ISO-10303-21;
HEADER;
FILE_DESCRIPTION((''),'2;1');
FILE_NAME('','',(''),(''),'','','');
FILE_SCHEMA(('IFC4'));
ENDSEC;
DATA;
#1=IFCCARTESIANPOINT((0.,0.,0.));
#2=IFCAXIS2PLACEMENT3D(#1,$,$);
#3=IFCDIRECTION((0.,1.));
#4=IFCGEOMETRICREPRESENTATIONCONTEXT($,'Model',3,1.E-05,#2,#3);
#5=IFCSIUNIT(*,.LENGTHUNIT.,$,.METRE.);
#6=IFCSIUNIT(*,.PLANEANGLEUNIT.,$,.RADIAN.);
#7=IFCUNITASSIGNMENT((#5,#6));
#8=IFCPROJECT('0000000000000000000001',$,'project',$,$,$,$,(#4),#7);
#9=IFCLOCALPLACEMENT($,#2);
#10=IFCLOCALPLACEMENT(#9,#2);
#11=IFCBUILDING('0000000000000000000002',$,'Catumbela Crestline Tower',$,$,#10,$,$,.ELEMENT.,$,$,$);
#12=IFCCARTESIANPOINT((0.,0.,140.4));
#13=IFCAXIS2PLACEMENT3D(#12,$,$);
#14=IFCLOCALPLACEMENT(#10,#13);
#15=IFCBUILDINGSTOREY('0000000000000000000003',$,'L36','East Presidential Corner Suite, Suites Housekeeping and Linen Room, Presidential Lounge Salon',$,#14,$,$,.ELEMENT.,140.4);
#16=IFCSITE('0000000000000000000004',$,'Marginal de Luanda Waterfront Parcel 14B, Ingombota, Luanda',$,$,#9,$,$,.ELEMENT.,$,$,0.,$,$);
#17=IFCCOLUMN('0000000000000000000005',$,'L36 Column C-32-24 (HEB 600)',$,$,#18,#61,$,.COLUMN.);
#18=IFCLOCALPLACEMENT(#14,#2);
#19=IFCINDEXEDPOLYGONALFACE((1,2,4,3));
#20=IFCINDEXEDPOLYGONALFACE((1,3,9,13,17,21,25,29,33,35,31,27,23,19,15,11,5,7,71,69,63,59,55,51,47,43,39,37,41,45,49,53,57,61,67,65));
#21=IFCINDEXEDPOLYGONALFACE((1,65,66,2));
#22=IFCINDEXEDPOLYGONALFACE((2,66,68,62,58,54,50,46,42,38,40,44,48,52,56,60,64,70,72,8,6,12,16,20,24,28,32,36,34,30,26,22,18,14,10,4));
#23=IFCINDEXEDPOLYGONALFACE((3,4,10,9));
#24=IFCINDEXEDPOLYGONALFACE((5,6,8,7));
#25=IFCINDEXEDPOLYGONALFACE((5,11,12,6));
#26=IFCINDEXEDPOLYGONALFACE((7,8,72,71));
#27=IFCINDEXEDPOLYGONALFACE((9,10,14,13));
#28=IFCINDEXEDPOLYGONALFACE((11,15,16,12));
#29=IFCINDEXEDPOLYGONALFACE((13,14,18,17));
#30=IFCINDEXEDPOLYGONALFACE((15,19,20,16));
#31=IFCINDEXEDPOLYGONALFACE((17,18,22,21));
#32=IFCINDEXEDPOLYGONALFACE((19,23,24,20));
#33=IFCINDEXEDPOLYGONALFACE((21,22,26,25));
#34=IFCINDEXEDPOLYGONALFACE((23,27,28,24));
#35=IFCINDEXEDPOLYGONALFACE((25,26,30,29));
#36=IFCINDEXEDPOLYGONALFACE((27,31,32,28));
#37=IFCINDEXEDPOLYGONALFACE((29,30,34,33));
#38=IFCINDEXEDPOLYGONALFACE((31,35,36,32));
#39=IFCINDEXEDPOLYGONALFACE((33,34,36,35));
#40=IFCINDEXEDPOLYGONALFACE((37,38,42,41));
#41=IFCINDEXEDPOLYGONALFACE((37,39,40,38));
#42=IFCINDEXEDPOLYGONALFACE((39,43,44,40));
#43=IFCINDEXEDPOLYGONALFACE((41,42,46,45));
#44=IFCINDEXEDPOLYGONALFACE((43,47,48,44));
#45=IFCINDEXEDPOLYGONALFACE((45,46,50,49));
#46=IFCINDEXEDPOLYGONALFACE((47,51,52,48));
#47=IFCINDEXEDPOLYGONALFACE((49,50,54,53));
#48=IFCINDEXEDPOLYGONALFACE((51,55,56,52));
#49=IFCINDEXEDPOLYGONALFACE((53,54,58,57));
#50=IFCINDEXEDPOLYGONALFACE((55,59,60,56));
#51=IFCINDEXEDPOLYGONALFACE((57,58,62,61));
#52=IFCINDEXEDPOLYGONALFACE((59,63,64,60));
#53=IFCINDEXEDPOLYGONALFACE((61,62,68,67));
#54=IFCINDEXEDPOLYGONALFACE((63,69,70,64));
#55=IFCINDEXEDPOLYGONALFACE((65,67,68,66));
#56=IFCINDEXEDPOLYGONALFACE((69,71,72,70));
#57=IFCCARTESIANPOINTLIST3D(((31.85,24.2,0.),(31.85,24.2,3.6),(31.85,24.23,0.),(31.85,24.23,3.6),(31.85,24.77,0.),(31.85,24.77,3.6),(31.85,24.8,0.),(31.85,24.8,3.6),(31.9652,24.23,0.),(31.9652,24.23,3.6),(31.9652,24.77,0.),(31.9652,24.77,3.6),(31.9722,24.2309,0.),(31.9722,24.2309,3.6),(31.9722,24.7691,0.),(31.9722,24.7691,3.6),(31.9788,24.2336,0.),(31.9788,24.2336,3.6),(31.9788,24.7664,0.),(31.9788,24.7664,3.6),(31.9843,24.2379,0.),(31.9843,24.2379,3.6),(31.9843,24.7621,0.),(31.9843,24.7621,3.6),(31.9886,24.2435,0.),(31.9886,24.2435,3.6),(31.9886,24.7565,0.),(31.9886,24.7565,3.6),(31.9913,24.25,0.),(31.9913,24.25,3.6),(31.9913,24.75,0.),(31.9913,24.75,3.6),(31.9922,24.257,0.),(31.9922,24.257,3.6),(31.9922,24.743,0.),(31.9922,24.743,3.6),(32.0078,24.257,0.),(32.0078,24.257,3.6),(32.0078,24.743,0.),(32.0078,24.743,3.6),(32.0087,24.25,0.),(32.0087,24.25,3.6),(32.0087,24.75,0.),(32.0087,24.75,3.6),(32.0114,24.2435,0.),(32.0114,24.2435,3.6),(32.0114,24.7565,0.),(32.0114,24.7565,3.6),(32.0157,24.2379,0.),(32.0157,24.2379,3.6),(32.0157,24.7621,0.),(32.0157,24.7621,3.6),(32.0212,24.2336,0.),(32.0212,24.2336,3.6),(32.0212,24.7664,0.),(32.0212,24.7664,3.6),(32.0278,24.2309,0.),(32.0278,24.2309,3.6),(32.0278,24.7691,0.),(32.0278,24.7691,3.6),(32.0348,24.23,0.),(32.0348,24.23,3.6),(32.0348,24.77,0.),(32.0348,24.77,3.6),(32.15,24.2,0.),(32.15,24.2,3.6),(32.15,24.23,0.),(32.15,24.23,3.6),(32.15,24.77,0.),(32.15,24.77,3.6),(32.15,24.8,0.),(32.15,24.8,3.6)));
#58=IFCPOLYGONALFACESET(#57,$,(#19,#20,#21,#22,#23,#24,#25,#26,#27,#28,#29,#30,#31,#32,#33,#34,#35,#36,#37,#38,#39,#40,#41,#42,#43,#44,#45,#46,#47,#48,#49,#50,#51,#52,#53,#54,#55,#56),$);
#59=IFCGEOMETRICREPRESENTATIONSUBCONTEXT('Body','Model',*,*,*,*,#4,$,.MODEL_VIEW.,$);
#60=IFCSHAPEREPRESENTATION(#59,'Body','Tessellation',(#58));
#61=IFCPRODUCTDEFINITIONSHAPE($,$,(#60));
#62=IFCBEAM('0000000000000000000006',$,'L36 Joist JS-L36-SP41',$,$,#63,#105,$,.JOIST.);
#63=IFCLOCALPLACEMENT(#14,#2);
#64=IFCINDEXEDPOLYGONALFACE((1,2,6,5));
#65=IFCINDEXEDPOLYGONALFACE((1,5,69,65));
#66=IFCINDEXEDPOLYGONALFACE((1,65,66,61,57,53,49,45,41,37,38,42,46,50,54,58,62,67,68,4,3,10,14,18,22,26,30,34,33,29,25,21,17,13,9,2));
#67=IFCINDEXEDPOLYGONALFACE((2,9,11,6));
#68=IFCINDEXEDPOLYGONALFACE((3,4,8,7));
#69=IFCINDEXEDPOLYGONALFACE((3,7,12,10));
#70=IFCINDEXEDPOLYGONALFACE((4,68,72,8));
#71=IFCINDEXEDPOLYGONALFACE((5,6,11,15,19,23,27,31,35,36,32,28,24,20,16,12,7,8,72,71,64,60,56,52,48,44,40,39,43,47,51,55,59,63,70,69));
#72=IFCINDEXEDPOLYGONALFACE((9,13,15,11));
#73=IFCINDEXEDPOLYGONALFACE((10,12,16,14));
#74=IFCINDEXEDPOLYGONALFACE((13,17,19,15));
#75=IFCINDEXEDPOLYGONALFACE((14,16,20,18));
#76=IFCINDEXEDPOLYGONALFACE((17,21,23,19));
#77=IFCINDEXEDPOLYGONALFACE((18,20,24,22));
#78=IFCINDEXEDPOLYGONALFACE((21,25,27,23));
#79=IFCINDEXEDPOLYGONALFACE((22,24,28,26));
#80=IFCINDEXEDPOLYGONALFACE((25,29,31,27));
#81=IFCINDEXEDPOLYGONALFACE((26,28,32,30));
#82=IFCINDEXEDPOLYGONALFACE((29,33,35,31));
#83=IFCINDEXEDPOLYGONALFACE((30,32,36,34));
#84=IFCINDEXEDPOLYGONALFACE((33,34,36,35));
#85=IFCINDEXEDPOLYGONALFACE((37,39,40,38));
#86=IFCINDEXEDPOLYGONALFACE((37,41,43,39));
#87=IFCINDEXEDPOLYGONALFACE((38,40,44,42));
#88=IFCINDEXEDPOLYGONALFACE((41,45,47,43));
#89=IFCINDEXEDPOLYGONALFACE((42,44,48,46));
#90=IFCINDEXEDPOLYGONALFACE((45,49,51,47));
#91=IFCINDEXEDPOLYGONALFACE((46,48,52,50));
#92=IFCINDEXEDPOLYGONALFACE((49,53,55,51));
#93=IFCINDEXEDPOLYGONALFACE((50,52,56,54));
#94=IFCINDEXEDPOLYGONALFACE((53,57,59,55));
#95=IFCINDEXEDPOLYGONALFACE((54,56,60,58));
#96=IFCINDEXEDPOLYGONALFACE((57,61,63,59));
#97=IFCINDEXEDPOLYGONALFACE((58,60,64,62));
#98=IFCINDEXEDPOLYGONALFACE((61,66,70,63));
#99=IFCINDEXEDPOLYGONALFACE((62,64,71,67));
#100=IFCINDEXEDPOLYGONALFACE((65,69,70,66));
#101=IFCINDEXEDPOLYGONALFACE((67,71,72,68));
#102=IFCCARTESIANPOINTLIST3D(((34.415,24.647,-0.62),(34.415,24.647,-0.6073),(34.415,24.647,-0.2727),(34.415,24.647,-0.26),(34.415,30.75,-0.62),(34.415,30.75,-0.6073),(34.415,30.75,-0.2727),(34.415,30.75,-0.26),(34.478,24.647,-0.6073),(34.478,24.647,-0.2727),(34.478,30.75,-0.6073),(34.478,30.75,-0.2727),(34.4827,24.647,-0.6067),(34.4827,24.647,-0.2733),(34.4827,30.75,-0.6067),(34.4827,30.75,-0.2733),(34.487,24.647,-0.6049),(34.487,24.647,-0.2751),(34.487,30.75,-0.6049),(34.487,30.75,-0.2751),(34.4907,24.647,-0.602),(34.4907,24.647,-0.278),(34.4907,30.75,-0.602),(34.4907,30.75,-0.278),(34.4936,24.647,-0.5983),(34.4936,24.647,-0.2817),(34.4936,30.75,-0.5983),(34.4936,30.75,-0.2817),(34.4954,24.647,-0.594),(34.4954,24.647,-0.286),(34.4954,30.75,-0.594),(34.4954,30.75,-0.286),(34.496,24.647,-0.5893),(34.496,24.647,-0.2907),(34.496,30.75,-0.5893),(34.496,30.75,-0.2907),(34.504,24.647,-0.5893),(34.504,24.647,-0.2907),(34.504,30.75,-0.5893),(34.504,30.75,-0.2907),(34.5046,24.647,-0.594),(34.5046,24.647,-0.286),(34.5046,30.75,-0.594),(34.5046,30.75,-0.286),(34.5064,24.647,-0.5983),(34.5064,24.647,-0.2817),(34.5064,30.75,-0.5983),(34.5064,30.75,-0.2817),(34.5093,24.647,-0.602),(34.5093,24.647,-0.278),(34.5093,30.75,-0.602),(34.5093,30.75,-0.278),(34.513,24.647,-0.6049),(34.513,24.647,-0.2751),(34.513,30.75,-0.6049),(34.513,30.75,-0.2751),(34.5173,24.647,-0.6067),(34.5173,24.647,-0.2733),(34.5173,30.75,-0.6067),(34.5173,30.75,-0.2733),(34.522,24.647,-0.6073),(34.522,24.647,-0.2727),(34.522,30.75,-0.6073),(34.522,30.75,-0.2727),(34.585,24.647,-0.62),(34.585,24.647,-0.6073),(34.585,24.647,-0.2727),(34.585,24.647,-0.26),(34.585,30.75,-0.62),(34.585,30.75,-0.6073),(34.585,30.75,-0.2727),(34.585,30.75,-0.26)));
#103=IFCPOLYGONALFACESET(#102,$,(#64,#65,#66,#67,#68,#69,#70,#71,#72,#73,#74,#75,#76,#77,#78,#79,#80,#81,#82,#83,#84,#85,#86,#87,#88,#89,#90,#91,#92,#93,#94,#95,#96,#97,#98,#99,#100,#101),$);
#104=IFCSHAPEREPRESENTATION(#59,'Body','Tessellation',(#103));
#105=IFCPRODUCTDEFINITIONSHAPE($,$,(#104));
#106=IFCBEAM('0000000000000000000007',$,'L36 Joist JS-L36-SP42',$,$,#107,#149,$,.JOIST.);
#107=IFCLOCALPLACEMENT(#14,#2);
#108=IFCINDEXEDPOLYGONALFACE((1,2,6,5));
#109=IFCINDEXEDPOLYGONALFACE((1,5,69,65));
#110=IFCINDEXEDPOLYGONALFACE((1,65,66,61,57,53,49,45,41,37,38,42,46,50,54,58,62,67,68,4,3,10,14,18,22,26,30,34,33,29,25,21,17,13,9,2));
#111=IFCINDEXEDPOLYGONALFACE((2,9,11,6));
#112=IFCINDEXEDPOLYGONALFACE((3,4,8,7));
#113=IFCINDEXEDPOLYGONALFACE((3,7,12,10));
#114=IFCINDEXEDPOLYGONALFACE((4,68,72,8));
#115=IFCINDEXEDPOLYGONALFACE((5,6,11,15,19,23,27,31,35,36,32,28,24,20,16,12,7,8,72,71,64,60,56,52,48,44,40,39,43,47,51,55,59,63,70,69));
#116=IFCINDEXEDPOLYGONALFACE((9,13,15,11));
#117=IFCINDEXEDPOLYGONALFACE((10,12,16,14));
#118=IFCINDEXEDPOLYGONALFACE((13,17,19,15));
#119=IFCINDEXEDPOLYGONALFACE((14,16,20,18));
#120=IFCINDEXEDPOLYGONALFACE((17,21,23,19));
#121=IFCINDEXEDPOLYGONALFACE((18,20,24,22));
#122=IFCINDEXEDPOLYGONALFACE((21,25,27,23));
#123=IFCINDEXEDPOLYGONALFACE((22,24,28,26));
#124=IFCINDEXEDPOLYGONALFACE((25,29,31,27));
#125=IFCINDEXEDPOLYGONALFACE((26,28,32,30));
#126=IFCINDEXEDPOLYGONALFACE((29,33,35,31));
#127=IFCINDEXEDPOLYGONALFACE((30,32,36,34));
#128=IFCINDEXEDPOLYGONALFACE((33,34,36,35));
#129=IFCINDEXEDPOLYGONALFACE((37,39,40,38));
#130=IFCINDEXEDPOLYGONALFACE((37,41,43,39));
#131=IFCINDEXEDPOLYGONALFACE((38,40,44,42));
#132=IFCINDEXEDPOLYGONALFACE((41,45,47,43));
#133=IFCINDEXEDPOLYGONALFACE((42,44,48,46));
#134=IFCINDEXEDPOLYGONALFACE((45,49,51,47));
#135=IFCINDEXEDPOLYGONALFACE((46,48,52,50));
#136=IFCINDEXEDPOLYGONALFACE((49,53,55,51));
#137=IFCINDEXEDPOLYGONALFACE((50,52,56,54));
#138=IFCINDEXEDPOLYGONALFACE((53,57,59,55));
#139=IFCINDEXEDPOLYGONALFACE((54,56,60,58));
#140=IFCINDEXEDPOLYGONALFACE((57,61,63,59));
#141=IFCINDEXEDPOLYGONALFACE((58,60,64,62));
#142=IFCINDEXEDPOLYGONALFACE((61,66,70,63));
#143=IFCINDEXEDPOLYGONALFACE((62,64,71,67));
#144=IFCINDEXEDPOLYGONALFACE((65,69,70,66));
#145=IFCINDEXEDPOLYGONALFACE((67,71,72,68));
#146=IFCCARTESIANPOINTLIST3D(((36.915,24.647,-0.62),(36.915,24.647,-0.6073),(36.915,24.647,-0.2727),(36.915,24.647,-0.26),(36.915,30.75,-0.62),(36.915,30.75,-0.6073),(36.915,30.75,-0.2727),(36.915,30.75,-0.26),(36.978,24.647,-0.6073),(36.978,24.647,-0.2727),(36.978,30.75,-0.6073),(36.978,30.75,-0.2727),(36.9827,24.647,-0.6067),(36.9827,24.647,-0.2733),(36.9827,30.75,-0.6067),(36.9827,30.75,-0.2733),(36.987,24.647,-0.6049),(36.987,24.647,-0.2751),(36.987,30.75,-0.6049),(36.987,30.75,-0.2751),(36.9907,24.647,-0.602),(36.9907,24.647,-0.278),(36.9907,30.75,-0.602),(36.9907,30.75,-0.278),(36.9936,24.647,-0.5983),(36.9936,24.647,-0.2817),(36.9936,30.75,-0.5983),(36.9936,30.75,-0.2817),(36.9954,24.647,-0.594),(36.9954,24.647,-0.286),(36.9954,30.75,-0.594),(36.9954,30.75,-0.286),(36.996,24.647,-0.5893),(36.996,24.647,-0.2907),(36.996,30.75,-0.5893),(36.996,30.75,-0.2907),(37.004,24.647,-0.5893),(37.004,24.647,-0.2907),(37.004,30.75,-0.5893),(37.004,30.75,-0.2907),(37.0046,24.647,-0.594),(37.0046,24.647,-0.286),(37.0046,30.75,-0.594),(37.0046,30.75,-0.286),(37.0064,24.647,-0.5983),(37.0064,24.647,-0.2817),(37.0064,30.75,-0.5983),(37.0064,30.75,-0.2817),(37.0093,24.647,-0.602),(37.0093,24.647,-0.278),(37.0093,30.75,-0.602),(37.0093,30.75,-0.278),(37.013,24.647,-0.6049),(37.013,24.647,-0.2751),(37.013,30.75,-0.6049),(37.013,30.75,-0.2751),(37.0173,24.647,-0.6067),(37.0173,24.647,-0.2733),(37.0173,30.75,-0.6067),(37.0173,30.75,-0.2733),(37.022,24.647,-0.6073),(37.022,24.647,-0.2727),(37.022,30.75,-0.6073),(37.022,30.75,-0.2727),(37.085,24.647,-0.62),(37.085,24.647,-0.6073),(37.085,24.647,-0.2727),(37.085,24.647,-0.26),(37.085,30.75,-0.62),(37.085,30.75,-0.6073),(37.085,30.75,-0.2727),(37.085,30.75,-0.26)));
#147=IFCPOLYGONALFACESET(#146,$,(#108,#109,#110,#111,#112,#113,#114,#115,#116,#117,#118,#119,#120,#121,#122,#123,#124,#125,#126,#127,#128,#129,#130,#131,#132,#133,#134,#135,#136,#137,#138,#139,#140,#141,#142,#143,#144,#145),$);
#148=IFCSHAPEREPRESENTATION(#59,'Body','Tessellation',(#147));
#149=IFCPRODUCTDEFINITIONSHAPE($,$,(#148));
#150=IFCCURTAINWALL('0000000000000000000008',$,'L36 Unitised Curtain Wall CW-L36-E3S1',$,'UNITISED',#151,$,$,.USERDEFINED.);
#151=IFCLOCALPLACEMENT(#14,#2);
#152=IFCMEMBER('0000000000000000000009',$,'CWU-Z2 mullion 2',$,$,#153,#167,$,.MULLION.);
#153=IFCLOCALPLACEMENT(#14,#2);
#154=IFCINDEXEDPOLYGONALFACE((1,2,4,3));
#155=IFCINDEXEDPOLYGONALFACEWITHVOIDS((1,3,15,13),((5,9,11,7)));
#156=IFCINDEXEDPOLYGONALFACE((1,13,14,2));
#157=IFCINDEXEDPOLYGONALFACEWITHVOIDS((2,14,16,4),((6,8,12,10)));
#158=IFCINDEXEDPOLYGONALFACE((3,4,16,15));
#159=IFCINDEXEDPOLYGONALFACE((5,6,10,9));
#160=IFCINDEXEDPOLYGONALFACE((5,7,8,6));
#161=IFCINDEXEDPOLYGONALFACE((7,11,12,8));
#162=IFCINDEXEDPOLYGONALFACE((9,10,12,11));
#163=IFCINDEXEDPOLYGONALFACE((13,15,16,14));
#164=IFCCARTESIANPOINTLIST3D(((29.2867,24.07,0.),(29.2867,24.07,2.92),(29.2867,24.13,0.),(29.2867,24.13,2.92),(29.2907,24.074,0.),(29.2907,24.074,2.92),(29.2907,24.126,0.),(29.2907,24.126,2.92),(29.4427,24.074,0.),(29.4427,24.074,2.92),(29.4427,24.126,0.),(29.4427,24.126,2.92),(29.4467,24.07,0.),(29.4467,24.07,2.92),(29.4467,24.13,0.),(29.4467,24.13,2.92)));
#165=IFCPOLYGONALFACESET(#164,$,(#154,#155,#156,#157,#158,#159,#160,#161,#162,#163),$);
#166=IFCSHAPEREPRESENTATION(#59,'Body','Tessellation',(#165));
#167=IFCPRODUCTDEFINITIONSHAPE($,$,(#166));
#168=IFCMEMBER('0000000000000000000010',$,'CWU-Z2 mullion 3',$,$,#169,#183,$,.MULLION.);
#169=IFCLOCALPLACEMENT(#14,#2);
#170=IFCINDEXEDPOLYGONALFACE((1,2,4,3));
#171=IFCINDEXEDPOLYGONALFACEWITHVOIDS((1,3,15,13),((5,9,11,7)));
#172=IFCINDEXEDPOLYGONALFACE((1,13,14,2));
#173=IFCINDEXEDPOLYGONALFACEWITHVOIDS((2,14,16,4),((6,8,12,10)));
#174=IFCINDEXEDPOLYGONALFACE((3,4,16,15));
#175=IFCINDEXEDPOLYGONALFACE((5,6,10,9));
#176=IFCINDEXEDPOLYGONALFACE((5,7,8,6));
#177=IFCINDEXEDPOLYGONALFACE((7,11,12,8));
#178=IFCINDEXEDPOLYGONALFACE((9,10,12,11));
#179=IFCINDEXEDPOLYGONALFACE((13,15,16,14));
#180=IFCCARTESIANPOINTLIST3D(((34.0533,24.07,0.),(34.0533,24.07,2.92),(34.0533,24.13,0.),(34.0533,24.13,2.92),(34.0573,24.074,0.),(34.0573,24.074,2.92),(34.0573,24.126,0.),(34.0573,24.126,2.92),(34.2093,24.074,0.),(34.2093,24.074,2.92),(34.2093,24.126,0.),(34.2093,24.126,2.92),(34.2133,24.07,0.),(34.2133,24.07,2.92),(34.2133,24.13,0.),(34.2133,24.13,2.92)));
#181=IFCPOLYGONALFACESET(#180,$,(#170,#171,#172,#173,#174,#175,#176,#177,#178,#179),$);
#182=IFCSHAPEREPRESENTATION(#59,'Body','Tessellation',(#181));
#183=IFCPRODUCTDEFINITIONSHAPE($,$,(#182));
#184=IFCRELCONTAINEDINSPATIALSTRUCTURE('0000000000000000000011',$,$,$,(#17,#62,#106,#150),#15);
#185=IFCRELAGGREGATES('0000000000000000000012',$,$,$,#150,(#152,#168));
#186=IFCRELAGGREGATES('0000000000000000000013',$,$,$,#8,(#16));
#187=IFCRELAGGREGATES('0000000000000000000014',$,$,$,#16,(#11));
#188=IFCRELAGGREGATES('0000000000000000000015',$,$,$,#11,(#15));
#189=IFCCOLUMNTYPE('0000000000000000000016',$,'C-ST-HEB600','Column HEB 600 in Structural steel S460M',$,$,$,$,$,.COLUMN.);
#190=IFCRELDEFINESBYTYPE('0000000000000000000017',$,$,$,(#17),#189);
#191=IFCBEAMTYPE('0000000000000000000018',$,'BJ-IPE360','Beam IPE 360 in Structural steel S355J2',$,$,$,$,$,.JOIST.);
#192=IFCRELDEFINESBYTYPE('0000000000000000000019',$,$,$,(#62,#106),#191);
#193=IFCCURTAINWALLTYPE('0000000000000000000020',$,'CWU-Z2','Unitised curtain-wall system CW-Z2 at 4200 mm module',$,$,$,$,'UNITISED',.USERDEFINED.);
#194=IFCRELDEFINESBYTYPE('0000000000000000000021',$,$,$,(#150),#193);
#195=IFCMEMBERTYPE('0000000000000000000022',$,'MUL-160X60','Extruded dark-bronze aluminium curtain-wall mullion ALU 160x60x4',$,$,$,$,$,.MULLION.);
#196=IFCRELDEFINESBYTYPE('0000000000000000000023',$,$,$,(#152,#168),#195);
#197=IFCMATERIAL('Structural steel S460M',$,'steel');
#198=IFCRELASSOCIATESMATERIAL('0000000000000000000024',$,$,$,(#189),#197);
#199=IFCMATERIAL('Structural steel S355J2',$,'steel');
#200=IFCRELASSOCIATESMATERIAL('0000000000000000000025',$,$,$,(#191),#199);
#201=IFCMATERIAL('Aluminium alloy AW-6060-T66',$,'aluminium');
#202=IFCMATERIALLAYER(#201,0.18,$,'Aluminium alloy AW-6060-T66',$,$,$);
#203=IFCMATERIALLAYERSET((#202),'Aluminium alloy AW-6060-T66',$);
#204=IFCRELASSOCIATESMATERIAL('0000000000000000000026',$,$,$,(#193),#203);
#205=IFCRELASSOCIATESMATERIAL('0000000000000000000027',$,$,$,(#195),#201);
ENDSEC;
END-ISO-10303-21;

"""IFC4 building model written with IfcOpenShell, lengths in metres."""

from ifc_helpers import new_model, si_unit, direction, frame, origin, origin_2d, place, context, subcontext, project, spatial, hollow_rectangle, i_section, extrude, material, layer, layer_set, material_profile, profile_set, type_object, element, aggregate, save


model = new_model("IFC4")

# Units and contexts
model_context = context("Model", 3, precision=1e-05, world=origin(), true_north=direction((0.0, 1.0)))
body_context = subcontext(model_context, "Body", "Model", "MODEL_VIEW")
ifc_project = project(units=[si_unit("LENGTHUNIT", "METRE"), si_unit("PLANEANGLEUNIT", "RADIAN")], contexts=[model_context])

# Site, building, storey
site_placement = place(None, origin())
site = spatial("IfcSite", under=ifc_project, at=site_placement, Name="Marginal de Luanda Waterfront Parcel 14B, Ingombota, Luanda", CompositionType="ELEMENT", RefElevation=0.0)
building_placement = place(site_placement, origin())
building = spatial("IfcBuilding", under=site, at=building_placement, Name="Catumbela Crestline Tower", CompositionType="ELEMENT")
storey_placement = place(building_placement, frame((0.0, 0.0, 140.4)))
storey = spatial("IfcBuildingStorey", under=building, at=storey_placement, Name="L36", Description="East Presidential Corner Suite, Suites Housekeeping and Linen Room, Presidential Lounge Salon", CompositionType="ELEMENT", Elevation=140.4)

# Column
ifc_material_1 = material(Name="Structural steel S460M", Category="steel")
ifc_material_profile_1 = material_profile(ifc_material_1, i_section(OverallWidth=0.3, OverallDepth=0.6, WebThickness=0.0155, FlangeThickness=0.03, FilletRadius=0.027, at=origin_2d()), Name="HEB 600")
ifc_profile_set_1 = profile_set([ifc_material_profile_1], Name="Structural steel S460M")
column_type = type_object("IfcColumnType", Name="C-ST-HEB600", Description="Column HEB 600 in Structural steel S460M", PredefinedType="COLUMN", material=ifc_profile_set_1)
column_placement = place(storey_placement, frame((32.0, 24.5, 0.0), z_axis=(0.0, 0.0, 1.0), x_axis=(1.0, 0.0, 0.0)))
element("IfcColumn", 1, at=column_placement, inside=storey, type_object=column_type, Name="L36 Column C-32-24 (HEB 600)", PredefinedType="COLUMN", context=body_context, shape_type="SweptSolid", body=[
    extrude(i_section(OverallWidth=0.3, OverallDepth=0.6, WebThickness=0.0155, FlangeThickness=0.03, FilletRadius=0.027, at=origin_2d()), origin(), (0.0, 0.0, 1.0), 3.6),
])

# Beams
ifc_material_2 = material(Name="Structural steel S355J2", Category="steel")
ifc_material_profile_2 = material_profile(ifc_material_2, i_section(OverallWidth=0.17, OverallDepth=0.36, WebThickness=0.008, FlangeThickness=0.0127, FilletRadius=0.018, at=origin_2d()), Name="IPE 360")
ifc_profile_set_2 = profile_set([ifc_material_profile_2], Name="Structural steel S355J2")
beam_type_1 = type_object("IfcBeamType", Name="BJ-IPE360", Description="Beam IPE 360 in Structural steel S355J2", PredefinedType="JOIST", material=ifc_profile_set_2)
for number, where, z_axis, x_axis, name in (
    (2, (34.5, 24.647, -0.44), (0.0, 1.0, 0.0), (-1.0, 0.0, 0.0), "L36 Joist JS-L36-SP41"),
    (3, (37.0, 24.647, -0.44), (0.0, 1.0, 0.0), (-1.0, 0.0, 0.0), "L36 Joist JS-L36-SP42"),
):
    element("IfcBeam", number, at=place(storey_placement, frame(where, z_axis=z_axis, x_axis=x_axis)), inside=storey, type_object=beam_type_1, Name=name, PredefinedType="JOIST", context=body_context, shape_type="SweptSolid", body=[
        extrude(i_section(OverallWidth=0.17, OverallDepth=0.36, WebThickness=0.008, FlangeThickness=0.0127, FilletRadius=0.018, at=origin_2d()), origin(), (0.0, 0.0, 1.0), 6.103),
    ])

# Curtain wall, members
ifc_material_3 = material(Name="Aluminium alloy AW-6060-T66", Category="aluminium")
ifc_layer_1 = layer(ifc_material_3, 0.18, Name="Aluminium alloy AW-6060-T66")
ifc_layer_set_1 = layer_set([ifc_layer_1], Name="Aluminium alloy AW-6060-T66")
curtain_wall_type = type_object("IfcCurtainWallType", Name="CWU-Z2", Description="Unitised curtain-wall system CW-Z2 at 4200 mm module", ElementType="UNITISED", PredefinedType="USERDEFINED", material=ifc_layer_set_1)
curtain_wall_placement = place(storey_placement, origin())
curtain_wall = element("IfcCurtainWall", 4, at=curtain_wall_placement, inside=storey, type_object=curtain_wall_type, Name="L36 Unitised Curtain Wall CW-L36-E3S1", ObjectType="UNITISED", PredefinedType="USERDEFINED")
ifc_material_profile_3 = material_profile(ifc_material_3, hollow_rectangle(XDim=0.06, YDim=0.16, WallThickness=0.004, at=origin_2d()), Name="ALU 160x60x4")
ifc_profile_set_3 = profile_set([ifc_material_profile_3], Name="Aluminium alloy AW-6060-T66")
member_type_1 = type_object("IfcMemberType", Name="MUL-160X60", Description="Extruded dark-bronze aluminium curtain-wall mullion ALU 160x60x4", PredefinedType="MULLION", material=ifc_profile_set_3)
member_1_placement = place(storey_placement, frame((29.3667, 24.1, 0.0), z_axis=(0.0, 0.0, 1.0), x_axis=(0.0, 1.0, 0.0)))
member_1 = element("IfcMember", 5, at=member_1_placement, type_object=member_type_1, Name="CWU-Z2 mullion 2", PredefinedType="MULLION", context=body_context, shape_type="SweptSolid", body=[
    extrude(hollow_rectangle(XDim=0.06, YDim=0.16, WallThickness=0.004, at=origin_2d()), origin(), (0.0, 0.0, 1.0), 2.92),
])
member_2_placement = place(storey_placement, frame((34.1333, 24.1, 0.0), z_axis=(0.0, 0.0, 1.0), x_axis=(0.0, 1.0, 0.0)))
member_2 = element("IfcMember", 6, at=member_2_placement, type_object=member_type_1, Name="CWU-Z2 mullion 3", PredefinedType="MULLION", context=body_context, shape_type="SweptSolid", body=[
    extrude(hollow_rectangle(XDim=0.06, YDim=0.16, WallThickness=0.004, at=origin_2d()), origin(), (0.0, 0.0, 1.0), 2.92),
])

aggregate(curtain_wall, [member_1, member_2])

save(model, "model.ifc")
